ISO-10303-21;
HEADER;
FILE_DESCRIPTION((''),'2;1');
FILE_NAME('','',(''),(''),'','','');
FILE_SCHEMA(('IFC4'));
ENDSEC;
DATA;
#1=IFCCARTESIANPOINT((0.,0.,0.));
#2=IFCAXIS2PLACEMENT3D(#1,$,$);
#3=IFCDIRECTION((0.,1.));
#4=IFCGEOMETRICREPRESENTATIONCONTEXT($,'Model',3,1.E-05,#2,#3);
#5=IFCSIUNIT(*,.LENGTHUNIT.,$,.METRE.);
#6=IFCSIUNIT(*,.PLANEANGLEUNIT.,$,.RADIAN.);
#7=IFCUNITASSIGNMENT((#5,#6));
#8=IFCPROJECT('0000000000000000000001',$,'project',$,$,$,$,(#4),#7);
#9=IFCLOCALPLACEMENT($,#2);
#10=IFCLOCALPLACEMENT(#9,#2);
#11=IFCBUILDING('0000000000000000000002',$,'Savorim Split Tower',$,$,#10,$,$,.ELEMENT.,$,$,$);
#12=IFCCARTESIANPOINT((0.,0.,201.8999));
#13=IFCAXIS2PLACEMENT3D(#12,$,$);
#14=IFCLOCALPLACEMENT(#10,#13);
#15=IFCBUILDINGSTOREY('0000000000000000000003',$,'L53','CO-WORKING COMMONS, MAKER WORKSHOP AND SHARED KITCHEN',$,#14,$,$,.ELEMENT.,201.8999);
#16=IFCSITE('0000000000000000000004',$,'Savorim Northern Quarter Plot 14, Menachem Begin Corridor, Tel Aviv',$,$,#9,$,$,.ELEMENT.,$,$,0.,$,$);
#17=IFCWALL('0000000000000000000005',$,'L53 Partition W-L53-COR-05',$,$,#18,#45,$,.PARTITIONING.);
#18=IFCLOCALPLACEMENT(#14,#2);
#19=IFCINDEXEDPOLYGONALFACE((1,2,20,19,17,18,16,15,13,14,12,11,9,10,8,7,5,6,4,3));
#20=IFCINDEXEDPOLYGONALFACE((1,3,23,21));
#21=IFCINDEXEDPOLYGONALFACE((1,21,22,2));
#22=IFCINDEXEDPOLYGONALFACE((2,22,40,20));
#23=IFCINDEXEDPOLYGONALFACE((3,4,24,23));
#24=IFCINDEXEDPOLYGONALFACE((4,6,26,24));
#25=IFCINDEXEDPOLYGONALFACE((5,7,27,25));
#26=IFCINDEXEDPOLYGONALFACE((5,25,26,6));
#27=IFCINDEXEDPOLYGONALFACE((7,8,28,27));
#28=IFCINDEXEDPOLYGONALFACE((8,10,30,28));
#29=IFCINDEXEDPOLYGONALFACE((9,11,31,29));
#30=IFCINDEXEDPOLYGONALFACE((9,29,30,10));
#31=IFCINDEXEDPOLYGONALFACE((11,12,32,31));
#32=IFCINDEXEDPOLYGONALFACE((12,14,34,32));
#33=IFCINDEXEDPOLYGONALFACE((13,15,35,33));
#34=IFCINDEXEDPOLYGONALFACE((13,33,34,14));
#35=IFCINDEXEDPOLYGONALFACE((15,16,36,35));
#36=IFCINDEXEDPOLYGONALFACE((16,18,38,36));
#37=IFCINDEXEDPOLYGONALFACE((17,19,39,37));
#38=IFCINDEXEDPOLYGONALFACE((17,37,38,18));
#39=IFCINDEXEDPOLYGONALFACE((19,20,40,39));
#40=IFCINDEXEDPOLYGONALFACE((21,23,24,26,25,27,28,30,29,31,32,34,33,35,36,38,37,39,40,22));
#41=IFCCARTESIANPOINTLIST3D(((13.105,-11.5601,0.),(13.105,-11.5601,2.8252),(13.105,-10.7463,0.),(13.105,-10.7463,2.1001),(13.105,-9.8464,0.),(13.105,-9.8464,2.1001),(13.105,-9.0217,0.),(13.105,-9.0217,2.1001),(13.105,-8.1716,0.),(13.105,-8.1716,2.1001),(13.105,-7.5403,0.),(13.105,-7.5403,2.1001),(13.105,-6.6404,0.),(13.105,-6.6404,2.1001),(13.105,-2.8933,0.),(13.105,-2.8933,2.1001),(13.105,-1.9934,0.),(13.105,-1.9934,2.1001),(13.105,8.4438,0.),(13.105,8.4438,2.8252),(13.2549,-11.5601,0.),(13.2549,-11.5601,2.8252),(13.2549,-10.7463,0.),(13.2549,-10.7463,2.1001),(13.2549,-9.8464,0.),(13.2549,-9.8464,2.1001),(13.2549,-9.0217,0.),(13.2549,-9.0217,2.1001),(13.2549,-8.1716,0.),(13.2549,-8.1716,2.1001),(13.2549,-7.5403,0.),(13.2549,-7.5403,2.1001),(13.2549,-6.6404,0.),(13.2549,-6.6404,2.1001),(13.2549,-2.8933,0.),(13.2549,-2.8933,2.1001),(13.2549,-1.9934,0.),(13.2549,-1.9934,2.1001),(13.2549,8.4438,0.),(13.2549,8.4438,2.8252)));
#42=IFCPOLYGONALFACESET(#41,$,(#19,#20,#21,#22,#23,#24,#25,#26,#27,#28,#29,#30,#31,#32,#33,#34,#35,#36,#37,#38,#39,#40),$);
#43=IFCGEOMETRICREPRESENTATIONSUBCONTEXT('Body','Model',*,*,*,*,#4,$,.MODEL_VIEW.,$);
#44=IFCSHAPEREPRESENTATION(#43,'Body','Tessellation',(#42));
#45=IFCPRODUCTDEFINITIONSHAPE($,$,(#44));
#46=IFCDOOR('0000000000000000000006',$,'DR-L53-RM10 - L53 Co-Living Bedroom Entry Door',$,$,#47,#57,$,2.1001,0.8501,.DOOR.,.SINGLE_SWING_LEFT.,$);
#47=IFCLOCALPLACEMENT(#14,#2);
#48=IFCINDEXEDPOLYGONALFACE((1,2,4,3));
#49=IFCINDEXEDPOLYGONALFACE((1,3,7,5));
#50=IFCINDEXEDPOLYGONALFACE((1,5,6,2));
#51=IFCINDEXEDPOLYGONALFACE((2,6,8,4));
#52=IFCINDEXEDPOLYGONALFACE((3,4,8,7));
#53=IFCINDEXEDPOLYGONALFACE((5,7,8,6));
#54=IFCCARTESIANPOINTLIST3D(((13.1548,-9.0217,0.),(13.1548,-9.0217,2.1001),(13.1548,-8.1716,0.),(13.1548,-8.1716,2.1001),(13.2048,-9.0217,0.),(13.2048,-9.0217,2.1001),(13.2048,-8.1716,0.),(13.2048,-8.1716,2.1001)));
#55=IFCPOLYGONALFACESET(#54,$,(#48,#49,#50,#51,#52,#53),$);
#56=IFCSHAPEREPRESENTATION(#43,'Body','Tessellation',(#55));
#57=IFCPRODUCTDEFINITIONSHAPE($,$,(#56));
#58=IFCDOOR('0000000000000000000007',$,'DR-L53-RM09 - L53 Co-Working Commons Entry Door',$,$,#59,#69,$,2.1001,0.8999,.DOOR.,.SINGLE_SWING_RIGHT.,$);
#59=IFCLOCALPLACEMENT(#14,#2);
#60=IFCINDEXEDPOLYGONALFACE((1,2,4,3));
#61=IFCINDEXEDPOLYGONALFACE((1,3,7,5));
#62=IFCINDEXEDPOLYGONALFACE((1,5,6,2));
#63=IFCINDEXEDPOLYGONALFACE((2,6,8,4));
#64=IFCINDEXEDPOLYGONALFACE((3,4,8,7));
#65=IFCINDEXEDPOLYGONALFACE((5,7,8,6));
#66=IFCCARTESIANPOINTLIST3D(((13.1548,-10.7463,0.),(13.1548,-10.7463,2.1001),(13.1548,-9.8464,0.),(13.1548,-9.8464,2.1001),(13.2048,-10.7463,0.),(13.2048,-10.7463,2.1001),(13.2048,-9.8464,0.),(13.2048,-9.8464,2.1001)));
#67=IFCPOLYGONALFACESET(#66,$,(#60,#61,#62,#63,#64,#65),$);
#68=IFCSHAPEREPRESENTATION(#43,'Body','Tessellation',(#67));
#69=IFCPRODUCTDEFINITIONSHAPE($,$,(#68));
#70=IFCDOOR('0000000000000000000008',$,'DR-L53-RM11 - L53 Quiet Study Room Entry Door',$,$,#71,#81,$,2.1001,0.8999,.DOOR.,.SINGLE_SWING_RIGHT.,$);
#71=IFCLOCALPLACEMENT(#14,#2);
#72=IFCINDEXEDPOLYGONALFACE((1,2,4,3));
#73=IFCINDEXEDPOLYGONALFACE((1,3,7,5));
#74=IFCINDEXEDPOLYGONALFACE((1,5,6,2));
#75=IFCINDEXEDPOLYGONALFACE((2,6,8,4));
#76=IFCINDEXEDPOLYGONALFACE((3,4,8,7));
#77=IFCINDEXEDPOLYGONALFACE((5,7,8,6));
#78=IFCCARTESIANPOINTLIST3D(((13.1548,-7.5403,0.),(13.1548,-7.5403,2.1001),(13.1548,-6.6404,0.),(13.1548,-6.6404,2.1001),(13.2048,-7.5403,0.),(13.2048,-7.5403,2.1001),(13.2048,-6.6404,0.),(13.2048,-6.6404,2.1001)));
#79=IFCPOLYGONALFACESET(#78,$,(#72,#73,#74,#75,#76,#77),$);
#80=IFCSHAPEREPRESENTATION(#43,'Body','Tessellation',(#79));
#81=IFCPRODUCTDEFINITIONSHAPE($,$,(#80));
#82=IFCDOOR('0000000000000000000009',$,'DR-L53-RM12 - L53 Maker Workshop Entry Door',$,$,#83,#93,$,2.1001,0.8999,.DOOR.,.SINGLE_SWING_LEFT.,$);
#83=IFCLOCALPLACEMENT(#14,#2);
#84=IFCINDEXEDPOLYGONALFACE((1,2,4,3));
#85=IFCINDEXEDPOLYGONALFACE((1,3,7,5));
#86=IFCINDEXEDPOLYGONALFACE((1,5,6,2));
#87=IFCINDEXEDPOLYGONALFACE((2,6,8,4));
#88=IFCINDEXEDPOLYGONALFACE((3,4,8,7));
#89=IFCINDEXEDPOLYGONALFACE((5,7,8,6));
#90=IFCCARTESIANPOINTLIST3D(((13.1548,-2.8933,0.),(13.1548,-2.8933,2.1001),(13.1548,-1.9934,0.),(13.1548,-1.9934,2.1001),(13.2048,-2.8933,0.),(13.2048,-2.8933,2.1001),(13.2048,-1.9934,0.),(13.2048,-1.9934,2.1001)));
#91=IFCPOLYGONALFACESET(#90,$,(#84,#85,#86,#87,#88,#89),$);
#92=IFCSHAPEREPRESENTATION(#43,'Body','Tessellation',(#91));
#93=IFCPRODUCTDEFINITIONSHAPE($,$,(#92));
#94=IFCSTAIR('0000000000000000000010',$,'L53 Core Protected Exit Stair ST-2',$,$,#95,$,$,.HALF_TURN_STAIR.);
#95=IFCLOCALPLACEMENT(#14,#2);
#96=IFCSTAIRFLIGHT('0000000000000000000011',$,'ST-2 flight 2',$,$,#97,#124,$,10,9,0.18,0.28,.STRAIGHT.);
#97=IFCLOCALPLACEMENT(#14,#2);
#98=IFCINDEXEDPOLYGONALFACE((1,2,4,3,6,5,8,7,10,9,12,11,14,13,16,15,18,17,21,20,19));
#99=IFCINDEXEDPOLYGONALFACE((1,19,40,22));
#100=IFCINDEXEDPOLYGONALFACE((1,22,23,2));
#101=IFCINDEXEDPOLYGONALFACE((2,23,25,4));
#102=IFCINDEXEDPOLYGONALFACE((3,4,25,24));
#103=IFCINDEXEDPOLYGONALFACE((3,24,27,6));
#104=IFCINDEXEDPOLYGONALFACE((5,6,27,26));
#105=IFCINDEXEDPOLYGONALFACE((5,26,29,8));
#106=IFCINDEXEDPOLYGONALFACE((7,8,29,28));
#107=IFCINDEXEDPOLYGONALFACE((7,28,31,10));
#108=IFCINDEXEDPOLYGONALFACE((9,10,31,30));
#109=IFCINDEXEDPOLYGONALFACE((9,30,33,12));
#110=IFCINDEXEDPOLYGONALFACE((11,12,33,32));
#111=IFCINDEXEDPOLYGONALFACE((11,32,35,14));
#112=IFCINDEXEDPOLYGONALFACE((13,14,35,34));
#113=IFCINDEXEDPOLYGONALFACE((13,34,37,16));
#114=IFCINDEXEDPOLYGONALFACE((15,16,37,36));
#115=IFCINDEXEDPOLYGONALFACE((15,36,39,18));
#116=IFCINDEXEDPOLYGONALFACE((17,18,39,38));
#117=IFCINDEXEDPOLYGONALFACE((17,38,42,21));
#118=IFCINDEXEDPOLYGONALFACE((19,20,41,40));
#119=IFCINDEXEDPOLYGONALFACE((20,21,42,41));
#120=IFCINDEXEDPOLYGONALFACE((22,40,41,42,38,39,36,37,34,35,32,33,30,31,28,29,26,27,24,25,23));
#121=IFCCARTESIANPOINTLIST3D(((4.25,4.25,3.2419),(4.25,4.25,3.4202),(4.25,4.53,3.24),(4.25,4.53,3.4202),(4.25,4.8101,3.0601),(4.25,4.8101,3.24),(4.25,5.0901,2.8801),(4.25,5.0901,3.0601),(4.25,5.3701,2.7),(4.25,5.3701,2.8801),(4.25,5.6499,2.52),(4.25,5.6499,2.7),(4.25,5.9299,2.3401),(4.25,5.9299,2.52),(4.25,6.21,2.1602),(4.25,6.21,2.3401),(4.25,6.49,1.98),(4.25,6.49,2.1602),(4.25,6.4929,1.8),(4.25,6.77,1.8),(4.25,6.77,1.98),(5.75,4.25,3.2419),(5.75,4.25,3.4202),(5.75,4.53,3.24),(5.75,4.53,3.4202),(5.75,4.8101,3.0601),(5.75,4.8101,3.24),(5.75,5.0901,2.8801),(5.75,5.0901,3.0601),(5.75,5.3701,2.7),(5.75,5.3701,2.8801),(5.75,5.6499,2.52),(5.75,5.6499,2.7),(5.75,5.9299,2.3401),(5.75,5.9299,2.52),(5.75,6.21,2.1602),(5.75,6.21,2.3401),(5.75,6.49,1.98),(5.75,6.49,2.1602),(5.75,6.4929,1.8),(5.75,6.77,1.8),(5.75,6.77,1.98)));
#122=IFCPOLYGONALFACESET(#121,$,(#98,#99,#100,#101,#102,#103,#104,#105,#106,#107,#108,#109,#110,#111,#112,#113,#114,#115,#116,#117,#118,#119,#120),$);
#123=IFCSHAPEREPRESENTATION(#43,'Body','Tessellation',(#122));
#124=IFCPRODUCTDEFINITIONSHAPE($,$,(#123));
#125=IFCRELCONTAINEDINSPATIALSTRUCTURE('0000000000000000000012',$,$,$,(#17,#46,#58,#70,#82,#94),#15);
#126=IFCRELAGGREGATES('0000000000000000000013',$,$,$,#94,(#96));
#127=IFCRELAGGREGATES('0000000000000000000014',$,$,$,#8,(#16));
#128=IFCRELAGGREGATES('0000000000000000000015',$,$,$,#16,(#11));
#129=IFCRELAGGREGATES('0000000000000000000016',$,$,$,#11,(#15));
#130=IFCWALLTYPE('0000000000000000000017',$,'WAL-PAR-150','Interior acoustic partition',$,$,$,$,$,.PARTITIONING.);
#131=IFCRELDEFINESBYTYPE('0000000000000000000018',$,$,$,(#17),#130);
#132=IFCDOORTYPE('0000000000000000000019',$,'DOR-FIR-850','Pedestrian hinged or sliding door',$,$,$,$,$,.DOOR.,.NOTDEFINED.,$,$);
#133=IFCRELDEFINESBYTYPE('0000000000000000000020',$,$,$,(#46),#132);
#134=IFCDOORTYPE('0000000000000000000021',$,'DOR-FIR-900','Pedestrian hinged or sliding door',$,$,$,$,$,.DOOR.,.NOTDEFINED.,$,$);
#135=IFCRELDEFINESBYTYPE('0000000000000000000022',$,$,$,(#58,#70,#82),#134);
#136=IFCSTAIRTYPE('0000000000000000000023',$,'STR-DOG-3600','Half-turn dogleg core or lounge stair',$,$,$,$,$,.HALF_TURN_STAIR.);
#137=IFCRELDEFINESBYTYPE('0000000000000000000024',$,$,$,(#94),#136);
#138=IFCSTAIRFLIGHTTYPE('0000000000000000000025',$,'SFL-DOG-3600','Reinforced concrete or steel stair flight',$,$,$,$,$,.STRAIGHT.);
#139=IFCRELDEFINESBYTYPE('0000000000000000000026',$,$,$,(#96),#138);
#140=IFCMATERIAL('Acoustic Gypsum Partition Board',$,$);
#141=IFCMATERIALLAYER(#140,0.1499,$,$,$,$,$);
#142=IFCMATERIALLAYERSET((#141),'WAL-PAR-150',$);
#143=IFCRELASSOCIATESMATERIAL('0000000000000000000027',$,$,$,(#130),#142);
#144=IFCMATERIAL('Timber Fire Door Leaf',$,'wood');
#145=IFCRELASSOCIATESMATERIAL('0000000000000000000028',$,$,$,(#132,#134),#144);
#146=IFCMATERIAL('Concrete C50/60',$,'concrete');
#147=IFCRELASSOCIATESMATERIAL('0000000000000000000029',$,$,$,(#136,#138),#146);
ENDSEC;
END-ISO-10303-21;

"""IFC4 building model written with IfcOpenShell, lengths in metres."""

from ifc_helpers import new_model, si_unit, direction, frame, frame_2d, origin, place, context, subcontext, project, spatial, polyline, rectangle, outline, extrude, material, layer, layer_set, type_object, element, fill, aggregate, save


model = new_model("IFC4")

# Units and contexts
model_context = context("Model", 3, precision=1e-05, world=origin(), true_north=direction((0.0, 1.0)))
body_context = subcontext(model_context, "Body", "Model", "MODEL_VIEW")
ifc_project = project(units=[si_unit("LENGTHUNIT", "METRE"), si_unit("PLANEANGLEUNIT", "RADIAN")], contexts=[model_context])

# Site, building, storey
site_placement = place(None, origin())
site = spatial("IfcSite", under=ifc_project, at=site_placement, Name="Savorim Northern Quarter Plot 14, Menachem Begin Corridor, Tel Aviv", CompositionType="ELEMENT", RefElevation=0.0)
building_placement = place(site_placement, origin())
building = spatial("IfcBuilding", under=site, at=building_placement, Name="Savorim Split Tower", CompositionType="ELEMENT")
storey_placement = place(building_placement, frame((0.0, 0.0, 201.8999)))
storey = spatial("IfcBuildingStorey", under=building, at=storey_placement, Name="L53", Description="CO-WORKING COMMONS, MAKER WORKSHOP AND SHARED KITCHEN", CompositionType="ELEMENT", Elevation=201.8999)

# Shared definitions
ifc_material_1 = material(Name="Timber Fire Door Leaf", Category="wood")

# Shared definitions
ifc_material_2 = material(Name="Acoustic Gypsum Partition Board")
ifc_layer_1 = layer(ifc_material_2, 0.1499)
ifc_layer_set_1 = layer_set([ifc_layer_1], Name="WAL-PAR-150")
wall_type_1 = type_object("IfcWallType", Name="WAL-PAR-150", Description="Interior acoustic partition", PredefinedType="PARTITIONING", material=ifc_layer_set_1)

# Wall, openings, doors
wall_1_placement = place(storey_placement, frame((13.1799, 8.4438, 0.0), z_axis=(0.0, 0.0, 1.0), x_axis=(0.0, -1.0, 0.0)))
wall_1 = element("IfcWall", 1, at=wall_1_placement, inside=storey, type_object=wall_type_1, Name="L53 Partition W-L53-COR-05", PredefinedType="PARTITIONING", context=body_context, shape_type="SweptSolid", body=[
    extrude(rectangle(XDim=20.0039, YDim=0.1499, at=frame_2d((10.002, 0.0))), origin(), (0.0, 0.0, 1.0), 2.8252),
])
opening_1_placement = place(wall_1_placement, frame((18.2903, 0.0, 0.0)))
opening_1 = element("IfcOpeningElement", 2, at=opening_1_placement, cuts=wall_1, PredefinedType="OPENING", context=body_context, shape_type="SweptSolid", body=[
    extrude(rectangle(XDim=0.8999, YDim=2.1001, at=frame_2d((0.45, 1.05))), frame((0.0, 0.085, 0.0), z_axis=(0.0, -1.0, 0.0), x_axis=(1.0, 0.0, 0.0)), (0.0, 0.0, 1.0), 0.1699),
])
opening_2_placement = place(wall_1_placement, frame((16.6155, 0.0, 0.0)))
opening_2 = element("IfcOpeningElement", 3, at=opening_2_placement, cuts=wall_1, PredefinedType="OPENING", context=body_context, shape_type="SweptSolid", body=[
    extrude(rectangle(XDim=0.8501, YDim=2.1001, at=frame_2d((0.425, 1.05))), frame((0.0, 0.085, 0.0), z_axis=(0.0, -1.0, 0.0), x_axis=(1.0, 0.0, 0.0)), (0.0, 0.0, 1.0), 0.1699),
])
opening_3_placement = place(wall_1_placement, frame((15.0842, 0.0, 0.0)))
opening_3 = element("IfcOpeningElement", 4, at=opening_3_placement, cuts=wall_1, PredefinedType="OPENING", context=body_context, shape_type="SweptSolid", body=[
    extrude(rectangle(XDim=0.8999, YDim=2.1001, at=frame_2d((0.45, 1.05))), frame((0.0, 0.085, 0.0), z_axis=(0.0, -1.0, 0.0), x_axis=(1.0, 0.0, 0.0)), (0.0, 0.0, 1.0), 0.1699),
])
opening_4_placement = place(wall_1_placement, frame((10.4373, 0.0, 0.0)))
opening_4 = element("IfcOpeningElement", 5, at=opening_4_placement, cuts=wall_1, PredefinedType="OPENING", context=body_context, shape_type="SweptSolid", body=[
    extrude(rectangle(XDim=0.8999, YDim=2.1001, at=frame_2d((0.45, 1.05))), frame((0.0, 0.085, 0.0), z_axis=(0.0, -1.0, 0.0), x_axis=(1.0, 0.0, 0.0)), (0.0, 0.0, 1.0), 0.1699),
])
door_type_1 = type_object("IfcDoorType", Name="DOR-FIR-850", Description="Pedestrian hinged or sliding door", OperationType="NOTDEFINED", PredefinedType="DOOR", material=ifc_material_1)
door_1_placement = place(opening_2_placement, origin())
door_1 = element("IfcDoor", 6, at=door_1_placement, inside=storey, type_object=door_type_1, Name="DR-L53-RM10 - L53 Co-Living Bedroom Entry Door", OperationType="SINGLE_SWING_LEFT", OverallHeight=2.1001, OverallWidth=0.8501, PredefinedType="DOOR", context=body_context, shape_type="SweptSolid", body=[
    extrude(rectangle(XDim=0.8501, YDim=2.1001, at=frame_2d((0.425, 1.05))), frame((0.0, 0.0249, 0.0), z_axis=(0.0, -1.0, 0.0), x_axis=(1.0, 0.0, 0.0)), (0.0, 0.0, 1.0), 0.05),
])
fill(opening_2, door_1)
door_type_2 = type_object("IfcDoorType", Name="DOR-FIR-900", Description="Pedestrian hinged or sliding door", OperationType="NOTDEFINED", PredefinedType="DOOR", material=ifc_material_1)
door_2_placement = place(opening_1_placement, origin())
door_2 = element("IfcDoor", 7, at=door_2_placement, inside=storey, type_object=door_type_2, Name="DR-L53-RM09 - L53 Co-Working Commons Entry Door", OperationType="SINGLE_SWING_RIGHT", OverallHeight=2.1001, OverallWidth=0.8999, PredefinedType="DOOR", context=body_context, shape_type="SweptSolid", body=[
    extrude(rectangle(XDim=0.8999, YDim=2.1001, at=frame_2d((0.45, 1.05))), frame((0.0, 0.0249, 0.0), z_axis=(0.0, -1.0, 0.0), x_axis=(1.0, 0.0, 0.0)), (0.0, 0.0, 1.0), 0.05),
])
fill(opening_1, door_2)
door_3_placement = place(opening_3_placement, origin())
door_3 = element("IfcDoor", 8, at=door_3_placement, inside=storey, type_object=door_type_2, Name="DR-L53-RM11 - L53 Quiet Study Room Entry Door", OperationType="SINGLE_SWING_RIGHT", OverallHeight=2.1001, OverallWidth=0.8999, PredefinedType="DOOR", context=body_context, shape_type="SweptSolid", body=[
    extrude(rectangle(XDim=0.8999, YDim=2.1001, at=frame_2d((0.45, 1.05))), frame((0.0, 0.0249, 0.0), z_axis=(0.0, -1.0, 0.0), x_axis=(1.0, 0.0, 0.0)), (0.0, 0.0, 1.0), 0.05),
])
fill(opening_3, door_3)
door_4_placement = place(opening_4_placement, origin())
door_4 = element("IfcDoor", 9, at=door_4_placement, inside=storey, type_object=door_type_2, Name="DR-L53-RM12 - L53 Maker Workshop Entry Door", OperationType="SINGLE_SWING_LEFT", OverallHeight=2.1001, OverallWidth=0.8999, PredefinedType="DOOR", context=body_context, shape_type="SweptSolid", body=[
    extrude(rectangle(XDim=0.8999, YDim=2.1001, at=frame_2d((0.45, 1.05))), frame((0.0, 0.0249, 0.0), z_axis=(0.0, -1.0, 0.0), x_axis=(1.0, 0.0, 0.0)), (0.0, 0.0, 1.0), 0.05),
])
fill(opening_4, door_4)

# Stair, stair flight
ifc_material_3 = material(Name="Concrete C50/60", Category="concrete")
stair_type = type_object("IfcStairType", Name="STR-DOG-3600", Description="Half-turn dogleg core or lounge stair", PredefinedType="HALF_TURN_STAIR", material=ifc_material_3)
stair_placement = place(storey_placement, origin())
stair = element("IfcStair", 10, at=stair_placement, inside=storey, type_object=stair_type, Name="L53 Core Protected Exit Stair ST-2", PredefinedType="HALF_TURN_STAIR")
stair_flight_type = type_object("IfcStairFlightType", Name="SFL-DOG-3600", Description="Reinforced concrete or steel stair flight", PredefinedType="STRAIGHT", material=ifc_material_3)
stair_flight_placement = place(storey_placement, frame((5.0, 6.77, 1.8), z_axis=(0.0, 0.0, 1.0), x_axis=(0.0, -1.0, 0.0)))
stair_flight = element("IfcStairFlight", 11, at=stair_flight_placement, type_object=stair_flight_type, Name="ST-2 flight 2", NumberOfRisers=10, NumberOfTreads=9, PredefinedType="STRAIGHT", RiserHeight=0.18, TreadLength=0.28, context=body_context, shape_type="SweptSolid", body=[
    extrude(outline(polyline([(0.0, 0.0), (0.0, 0.1799), (0.28, 0.1799), (0.28, 0.3601), (0.5601, 0.3601), (0.5601, 0.54), (0.8401, 0.54), (0.8401, 0.72), (1.1201, 0.72), (1.1201, 0.8999), (1.3999, 0.8999), (1.3999, 1.0801), (1.6799, 1.0801), (1.6799, 1.26), (1.96, 1.26), (1.96, 1.4399), (2.24, 1.4399), (2.24, 1.6201), (2.52, 1.6201), (2.52, 1.8), (2.52, 1.4419), (0.2771, 0.0), (0.0, 0.0)])), frame((0.0, 0.75, 0.0), z_axis=(0.0, -1.0, 0.0), x_axis=(1.0, 0.0, 0.0)), (0.0, 0.0, 1.0), 1.5),
])
aggregate(stair, [stair_flight])

save(model, "model.ifc")
